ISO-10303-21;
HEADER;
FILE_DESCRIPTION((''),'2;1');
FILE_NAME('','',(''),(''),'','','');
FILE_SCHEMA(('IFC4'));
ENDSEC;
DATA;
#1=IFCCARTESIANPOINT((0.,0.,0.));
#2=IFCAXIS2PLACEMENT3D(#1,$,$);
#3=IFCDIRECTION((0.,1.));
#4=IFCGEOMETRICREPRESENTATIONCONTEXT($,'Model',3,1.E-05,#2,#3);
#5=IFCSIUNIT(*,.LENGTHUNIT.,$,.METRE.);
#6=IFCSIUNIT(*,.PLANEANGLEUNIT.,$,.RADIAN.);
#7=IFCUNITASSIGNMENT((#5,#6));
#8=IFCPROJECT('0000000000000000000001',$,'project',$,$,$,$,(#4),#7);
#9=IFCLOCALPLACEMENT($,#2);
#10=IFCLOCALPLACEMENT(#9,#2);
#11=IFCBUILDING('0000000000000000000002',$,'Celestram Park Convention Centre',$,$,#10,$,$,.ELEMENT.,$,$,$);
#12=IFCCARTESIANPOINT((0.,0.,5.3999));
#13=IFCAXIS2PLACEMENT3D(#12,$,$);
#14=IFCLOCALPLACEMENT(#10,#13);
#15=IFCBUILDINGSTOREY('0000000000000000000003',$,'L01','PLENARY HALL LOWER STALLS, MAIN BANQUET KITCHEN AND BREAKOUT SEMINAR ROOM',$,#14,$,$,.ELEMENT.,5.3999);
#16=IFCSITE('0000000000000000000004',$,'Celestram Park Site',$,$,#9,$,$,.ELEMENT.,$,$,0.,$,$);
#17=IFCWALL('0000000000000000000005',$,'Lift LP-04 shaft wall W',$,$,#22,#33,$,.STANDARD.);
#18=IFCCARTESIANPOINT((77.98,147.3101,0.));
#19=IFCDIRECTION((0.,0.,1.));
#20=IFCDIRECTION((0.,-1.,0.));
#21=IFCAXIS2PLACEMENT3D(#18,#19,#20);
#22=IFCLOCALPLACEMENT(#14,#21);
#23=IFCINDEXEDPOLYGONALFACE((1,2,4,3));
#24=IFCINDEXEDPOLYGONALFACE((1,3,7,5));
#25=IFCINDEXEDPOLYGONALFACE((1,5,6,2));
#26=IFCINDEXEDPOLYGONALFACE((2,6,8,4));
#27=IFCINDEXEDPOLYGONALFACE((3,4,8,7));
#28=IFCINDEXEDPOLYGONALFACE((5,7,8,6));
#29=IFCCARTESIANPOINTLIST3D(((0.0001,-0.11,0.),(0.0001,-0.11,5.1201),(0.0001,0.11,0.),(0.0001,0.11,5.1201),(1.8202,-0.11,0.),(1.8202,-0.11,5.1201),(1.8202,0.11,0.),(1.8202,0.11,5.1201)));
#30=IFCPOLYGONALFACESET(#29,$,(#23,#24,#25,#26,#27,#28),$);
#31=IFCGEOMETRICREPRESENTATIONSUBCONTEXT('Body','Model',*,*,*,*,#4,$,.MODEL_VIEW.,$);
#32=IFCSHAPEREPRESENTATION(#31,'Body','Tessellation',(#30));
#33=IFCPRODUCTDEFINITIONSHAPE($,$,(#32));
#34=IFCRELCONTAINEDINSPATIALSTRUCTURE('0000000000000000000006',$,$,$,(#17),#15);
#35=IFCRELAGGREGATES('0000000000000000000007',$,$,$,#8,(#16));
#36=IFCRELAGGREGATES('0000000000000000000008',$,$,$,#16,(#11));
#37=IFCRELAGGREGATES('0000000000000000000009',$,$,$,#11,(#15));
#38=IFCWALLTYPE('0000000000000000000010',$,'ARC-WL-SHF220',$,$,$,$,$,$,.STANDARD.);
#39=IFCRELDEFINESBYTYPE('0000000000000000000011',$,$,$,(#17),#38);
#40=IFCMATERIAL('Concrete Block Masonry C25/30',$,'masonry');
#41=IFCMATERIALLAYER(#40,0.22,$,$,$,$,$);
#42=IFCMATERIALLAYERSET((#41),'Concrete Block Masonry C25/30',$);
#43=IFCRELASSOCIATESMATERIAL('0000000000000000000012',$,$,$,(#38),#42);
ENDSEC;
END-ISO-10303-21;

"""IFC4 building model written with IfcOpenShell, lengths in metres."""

from ifc_helpers import new_model, si_unit, direction, frame, frame_2d, origin, place, context, subcontext, project, spatial, rectangle, extrude, material, layer, layer_set, type_object, element, save


model = new_model("IFC4")

# Units and contexts
model_context = context("Model", 3, precision=1e-05, world=origin(), true_north=direction((0.0, 1.0)))
body_context = subcontext(model_context, "Body", "Model", "MODEL_VIEW")
ifc_project = project(units=[si_unit("LENGTHUNIT", "METRE"), si_unit("PLANEANGLEUNIT", "RADIAN")], contexts=[model_context])

# Site, building, storey
site_placement = place(None, origin())
site = spatial("IfcSite", under=ifc_project, at=site_placement, Name="Celestram Park Site", CompositionType="ELEMENT", RefElevation=0.0)
building_placement = place(site_placement, origin())
building = spatial("IfcBuilding", under=site, at=building_placement, Name="Celestram Park Convention Centre", CompositionType="ELEMENT")
storey_placement = place(building_placement, frame((0.0, 0.0, 5.3999)))
storey = spatial("IfcBuildingStorey", under=building, at=storey_placement, Name="L01", Description="PLENARY HALL LOWER STALLS, MAIN BANQUET KITCHEN AND BREAKOUT SEMINAR ROOM", CompositionType="ELEMENT", Elevation=5.3999)

# Shared definitions
ifc_material_1 = material(Name="Concrete Block Masonry C25/30", Category="masonry")
ifc_layer_1 = layer(ifc_material_1, 0.22)
ifc_layer_set_1 = layer_set([ifc_layer_1], Name="Concrete Block Masonry C25/30")
wall_type_1 = type_object("IfcWallType", Name="ARC-WL-SHF220", PredefinedType="STANDARD", material=ifc_layer_set_1)

# Wall
for number, where, z_axis, x_axis, name in (
    (1, (77.98, 147.3101, 0.0), (0.0, 0.0, 1.0), (0.0, -1.0, 0.0), "Lift LP-04 shaft wall W"),
):
    element("IfcWall", number, at=place(storey_placement, frame(where, z_axis=z_axis, x_axis=x_axis)), inside=storey, type_object=wall_type_1, Name=name, PredefinedType="STANDARD", context=body_context, shape_type="SweptSolid", body=[
        extrude(rectangle(XDim=1.8201, YDim=0.22, at=frame_2d((0.9102, 0.0))), origin(), (0.0, 0.0, 1.0), 5.1201),
    ])

save(model, "model.ifc")
